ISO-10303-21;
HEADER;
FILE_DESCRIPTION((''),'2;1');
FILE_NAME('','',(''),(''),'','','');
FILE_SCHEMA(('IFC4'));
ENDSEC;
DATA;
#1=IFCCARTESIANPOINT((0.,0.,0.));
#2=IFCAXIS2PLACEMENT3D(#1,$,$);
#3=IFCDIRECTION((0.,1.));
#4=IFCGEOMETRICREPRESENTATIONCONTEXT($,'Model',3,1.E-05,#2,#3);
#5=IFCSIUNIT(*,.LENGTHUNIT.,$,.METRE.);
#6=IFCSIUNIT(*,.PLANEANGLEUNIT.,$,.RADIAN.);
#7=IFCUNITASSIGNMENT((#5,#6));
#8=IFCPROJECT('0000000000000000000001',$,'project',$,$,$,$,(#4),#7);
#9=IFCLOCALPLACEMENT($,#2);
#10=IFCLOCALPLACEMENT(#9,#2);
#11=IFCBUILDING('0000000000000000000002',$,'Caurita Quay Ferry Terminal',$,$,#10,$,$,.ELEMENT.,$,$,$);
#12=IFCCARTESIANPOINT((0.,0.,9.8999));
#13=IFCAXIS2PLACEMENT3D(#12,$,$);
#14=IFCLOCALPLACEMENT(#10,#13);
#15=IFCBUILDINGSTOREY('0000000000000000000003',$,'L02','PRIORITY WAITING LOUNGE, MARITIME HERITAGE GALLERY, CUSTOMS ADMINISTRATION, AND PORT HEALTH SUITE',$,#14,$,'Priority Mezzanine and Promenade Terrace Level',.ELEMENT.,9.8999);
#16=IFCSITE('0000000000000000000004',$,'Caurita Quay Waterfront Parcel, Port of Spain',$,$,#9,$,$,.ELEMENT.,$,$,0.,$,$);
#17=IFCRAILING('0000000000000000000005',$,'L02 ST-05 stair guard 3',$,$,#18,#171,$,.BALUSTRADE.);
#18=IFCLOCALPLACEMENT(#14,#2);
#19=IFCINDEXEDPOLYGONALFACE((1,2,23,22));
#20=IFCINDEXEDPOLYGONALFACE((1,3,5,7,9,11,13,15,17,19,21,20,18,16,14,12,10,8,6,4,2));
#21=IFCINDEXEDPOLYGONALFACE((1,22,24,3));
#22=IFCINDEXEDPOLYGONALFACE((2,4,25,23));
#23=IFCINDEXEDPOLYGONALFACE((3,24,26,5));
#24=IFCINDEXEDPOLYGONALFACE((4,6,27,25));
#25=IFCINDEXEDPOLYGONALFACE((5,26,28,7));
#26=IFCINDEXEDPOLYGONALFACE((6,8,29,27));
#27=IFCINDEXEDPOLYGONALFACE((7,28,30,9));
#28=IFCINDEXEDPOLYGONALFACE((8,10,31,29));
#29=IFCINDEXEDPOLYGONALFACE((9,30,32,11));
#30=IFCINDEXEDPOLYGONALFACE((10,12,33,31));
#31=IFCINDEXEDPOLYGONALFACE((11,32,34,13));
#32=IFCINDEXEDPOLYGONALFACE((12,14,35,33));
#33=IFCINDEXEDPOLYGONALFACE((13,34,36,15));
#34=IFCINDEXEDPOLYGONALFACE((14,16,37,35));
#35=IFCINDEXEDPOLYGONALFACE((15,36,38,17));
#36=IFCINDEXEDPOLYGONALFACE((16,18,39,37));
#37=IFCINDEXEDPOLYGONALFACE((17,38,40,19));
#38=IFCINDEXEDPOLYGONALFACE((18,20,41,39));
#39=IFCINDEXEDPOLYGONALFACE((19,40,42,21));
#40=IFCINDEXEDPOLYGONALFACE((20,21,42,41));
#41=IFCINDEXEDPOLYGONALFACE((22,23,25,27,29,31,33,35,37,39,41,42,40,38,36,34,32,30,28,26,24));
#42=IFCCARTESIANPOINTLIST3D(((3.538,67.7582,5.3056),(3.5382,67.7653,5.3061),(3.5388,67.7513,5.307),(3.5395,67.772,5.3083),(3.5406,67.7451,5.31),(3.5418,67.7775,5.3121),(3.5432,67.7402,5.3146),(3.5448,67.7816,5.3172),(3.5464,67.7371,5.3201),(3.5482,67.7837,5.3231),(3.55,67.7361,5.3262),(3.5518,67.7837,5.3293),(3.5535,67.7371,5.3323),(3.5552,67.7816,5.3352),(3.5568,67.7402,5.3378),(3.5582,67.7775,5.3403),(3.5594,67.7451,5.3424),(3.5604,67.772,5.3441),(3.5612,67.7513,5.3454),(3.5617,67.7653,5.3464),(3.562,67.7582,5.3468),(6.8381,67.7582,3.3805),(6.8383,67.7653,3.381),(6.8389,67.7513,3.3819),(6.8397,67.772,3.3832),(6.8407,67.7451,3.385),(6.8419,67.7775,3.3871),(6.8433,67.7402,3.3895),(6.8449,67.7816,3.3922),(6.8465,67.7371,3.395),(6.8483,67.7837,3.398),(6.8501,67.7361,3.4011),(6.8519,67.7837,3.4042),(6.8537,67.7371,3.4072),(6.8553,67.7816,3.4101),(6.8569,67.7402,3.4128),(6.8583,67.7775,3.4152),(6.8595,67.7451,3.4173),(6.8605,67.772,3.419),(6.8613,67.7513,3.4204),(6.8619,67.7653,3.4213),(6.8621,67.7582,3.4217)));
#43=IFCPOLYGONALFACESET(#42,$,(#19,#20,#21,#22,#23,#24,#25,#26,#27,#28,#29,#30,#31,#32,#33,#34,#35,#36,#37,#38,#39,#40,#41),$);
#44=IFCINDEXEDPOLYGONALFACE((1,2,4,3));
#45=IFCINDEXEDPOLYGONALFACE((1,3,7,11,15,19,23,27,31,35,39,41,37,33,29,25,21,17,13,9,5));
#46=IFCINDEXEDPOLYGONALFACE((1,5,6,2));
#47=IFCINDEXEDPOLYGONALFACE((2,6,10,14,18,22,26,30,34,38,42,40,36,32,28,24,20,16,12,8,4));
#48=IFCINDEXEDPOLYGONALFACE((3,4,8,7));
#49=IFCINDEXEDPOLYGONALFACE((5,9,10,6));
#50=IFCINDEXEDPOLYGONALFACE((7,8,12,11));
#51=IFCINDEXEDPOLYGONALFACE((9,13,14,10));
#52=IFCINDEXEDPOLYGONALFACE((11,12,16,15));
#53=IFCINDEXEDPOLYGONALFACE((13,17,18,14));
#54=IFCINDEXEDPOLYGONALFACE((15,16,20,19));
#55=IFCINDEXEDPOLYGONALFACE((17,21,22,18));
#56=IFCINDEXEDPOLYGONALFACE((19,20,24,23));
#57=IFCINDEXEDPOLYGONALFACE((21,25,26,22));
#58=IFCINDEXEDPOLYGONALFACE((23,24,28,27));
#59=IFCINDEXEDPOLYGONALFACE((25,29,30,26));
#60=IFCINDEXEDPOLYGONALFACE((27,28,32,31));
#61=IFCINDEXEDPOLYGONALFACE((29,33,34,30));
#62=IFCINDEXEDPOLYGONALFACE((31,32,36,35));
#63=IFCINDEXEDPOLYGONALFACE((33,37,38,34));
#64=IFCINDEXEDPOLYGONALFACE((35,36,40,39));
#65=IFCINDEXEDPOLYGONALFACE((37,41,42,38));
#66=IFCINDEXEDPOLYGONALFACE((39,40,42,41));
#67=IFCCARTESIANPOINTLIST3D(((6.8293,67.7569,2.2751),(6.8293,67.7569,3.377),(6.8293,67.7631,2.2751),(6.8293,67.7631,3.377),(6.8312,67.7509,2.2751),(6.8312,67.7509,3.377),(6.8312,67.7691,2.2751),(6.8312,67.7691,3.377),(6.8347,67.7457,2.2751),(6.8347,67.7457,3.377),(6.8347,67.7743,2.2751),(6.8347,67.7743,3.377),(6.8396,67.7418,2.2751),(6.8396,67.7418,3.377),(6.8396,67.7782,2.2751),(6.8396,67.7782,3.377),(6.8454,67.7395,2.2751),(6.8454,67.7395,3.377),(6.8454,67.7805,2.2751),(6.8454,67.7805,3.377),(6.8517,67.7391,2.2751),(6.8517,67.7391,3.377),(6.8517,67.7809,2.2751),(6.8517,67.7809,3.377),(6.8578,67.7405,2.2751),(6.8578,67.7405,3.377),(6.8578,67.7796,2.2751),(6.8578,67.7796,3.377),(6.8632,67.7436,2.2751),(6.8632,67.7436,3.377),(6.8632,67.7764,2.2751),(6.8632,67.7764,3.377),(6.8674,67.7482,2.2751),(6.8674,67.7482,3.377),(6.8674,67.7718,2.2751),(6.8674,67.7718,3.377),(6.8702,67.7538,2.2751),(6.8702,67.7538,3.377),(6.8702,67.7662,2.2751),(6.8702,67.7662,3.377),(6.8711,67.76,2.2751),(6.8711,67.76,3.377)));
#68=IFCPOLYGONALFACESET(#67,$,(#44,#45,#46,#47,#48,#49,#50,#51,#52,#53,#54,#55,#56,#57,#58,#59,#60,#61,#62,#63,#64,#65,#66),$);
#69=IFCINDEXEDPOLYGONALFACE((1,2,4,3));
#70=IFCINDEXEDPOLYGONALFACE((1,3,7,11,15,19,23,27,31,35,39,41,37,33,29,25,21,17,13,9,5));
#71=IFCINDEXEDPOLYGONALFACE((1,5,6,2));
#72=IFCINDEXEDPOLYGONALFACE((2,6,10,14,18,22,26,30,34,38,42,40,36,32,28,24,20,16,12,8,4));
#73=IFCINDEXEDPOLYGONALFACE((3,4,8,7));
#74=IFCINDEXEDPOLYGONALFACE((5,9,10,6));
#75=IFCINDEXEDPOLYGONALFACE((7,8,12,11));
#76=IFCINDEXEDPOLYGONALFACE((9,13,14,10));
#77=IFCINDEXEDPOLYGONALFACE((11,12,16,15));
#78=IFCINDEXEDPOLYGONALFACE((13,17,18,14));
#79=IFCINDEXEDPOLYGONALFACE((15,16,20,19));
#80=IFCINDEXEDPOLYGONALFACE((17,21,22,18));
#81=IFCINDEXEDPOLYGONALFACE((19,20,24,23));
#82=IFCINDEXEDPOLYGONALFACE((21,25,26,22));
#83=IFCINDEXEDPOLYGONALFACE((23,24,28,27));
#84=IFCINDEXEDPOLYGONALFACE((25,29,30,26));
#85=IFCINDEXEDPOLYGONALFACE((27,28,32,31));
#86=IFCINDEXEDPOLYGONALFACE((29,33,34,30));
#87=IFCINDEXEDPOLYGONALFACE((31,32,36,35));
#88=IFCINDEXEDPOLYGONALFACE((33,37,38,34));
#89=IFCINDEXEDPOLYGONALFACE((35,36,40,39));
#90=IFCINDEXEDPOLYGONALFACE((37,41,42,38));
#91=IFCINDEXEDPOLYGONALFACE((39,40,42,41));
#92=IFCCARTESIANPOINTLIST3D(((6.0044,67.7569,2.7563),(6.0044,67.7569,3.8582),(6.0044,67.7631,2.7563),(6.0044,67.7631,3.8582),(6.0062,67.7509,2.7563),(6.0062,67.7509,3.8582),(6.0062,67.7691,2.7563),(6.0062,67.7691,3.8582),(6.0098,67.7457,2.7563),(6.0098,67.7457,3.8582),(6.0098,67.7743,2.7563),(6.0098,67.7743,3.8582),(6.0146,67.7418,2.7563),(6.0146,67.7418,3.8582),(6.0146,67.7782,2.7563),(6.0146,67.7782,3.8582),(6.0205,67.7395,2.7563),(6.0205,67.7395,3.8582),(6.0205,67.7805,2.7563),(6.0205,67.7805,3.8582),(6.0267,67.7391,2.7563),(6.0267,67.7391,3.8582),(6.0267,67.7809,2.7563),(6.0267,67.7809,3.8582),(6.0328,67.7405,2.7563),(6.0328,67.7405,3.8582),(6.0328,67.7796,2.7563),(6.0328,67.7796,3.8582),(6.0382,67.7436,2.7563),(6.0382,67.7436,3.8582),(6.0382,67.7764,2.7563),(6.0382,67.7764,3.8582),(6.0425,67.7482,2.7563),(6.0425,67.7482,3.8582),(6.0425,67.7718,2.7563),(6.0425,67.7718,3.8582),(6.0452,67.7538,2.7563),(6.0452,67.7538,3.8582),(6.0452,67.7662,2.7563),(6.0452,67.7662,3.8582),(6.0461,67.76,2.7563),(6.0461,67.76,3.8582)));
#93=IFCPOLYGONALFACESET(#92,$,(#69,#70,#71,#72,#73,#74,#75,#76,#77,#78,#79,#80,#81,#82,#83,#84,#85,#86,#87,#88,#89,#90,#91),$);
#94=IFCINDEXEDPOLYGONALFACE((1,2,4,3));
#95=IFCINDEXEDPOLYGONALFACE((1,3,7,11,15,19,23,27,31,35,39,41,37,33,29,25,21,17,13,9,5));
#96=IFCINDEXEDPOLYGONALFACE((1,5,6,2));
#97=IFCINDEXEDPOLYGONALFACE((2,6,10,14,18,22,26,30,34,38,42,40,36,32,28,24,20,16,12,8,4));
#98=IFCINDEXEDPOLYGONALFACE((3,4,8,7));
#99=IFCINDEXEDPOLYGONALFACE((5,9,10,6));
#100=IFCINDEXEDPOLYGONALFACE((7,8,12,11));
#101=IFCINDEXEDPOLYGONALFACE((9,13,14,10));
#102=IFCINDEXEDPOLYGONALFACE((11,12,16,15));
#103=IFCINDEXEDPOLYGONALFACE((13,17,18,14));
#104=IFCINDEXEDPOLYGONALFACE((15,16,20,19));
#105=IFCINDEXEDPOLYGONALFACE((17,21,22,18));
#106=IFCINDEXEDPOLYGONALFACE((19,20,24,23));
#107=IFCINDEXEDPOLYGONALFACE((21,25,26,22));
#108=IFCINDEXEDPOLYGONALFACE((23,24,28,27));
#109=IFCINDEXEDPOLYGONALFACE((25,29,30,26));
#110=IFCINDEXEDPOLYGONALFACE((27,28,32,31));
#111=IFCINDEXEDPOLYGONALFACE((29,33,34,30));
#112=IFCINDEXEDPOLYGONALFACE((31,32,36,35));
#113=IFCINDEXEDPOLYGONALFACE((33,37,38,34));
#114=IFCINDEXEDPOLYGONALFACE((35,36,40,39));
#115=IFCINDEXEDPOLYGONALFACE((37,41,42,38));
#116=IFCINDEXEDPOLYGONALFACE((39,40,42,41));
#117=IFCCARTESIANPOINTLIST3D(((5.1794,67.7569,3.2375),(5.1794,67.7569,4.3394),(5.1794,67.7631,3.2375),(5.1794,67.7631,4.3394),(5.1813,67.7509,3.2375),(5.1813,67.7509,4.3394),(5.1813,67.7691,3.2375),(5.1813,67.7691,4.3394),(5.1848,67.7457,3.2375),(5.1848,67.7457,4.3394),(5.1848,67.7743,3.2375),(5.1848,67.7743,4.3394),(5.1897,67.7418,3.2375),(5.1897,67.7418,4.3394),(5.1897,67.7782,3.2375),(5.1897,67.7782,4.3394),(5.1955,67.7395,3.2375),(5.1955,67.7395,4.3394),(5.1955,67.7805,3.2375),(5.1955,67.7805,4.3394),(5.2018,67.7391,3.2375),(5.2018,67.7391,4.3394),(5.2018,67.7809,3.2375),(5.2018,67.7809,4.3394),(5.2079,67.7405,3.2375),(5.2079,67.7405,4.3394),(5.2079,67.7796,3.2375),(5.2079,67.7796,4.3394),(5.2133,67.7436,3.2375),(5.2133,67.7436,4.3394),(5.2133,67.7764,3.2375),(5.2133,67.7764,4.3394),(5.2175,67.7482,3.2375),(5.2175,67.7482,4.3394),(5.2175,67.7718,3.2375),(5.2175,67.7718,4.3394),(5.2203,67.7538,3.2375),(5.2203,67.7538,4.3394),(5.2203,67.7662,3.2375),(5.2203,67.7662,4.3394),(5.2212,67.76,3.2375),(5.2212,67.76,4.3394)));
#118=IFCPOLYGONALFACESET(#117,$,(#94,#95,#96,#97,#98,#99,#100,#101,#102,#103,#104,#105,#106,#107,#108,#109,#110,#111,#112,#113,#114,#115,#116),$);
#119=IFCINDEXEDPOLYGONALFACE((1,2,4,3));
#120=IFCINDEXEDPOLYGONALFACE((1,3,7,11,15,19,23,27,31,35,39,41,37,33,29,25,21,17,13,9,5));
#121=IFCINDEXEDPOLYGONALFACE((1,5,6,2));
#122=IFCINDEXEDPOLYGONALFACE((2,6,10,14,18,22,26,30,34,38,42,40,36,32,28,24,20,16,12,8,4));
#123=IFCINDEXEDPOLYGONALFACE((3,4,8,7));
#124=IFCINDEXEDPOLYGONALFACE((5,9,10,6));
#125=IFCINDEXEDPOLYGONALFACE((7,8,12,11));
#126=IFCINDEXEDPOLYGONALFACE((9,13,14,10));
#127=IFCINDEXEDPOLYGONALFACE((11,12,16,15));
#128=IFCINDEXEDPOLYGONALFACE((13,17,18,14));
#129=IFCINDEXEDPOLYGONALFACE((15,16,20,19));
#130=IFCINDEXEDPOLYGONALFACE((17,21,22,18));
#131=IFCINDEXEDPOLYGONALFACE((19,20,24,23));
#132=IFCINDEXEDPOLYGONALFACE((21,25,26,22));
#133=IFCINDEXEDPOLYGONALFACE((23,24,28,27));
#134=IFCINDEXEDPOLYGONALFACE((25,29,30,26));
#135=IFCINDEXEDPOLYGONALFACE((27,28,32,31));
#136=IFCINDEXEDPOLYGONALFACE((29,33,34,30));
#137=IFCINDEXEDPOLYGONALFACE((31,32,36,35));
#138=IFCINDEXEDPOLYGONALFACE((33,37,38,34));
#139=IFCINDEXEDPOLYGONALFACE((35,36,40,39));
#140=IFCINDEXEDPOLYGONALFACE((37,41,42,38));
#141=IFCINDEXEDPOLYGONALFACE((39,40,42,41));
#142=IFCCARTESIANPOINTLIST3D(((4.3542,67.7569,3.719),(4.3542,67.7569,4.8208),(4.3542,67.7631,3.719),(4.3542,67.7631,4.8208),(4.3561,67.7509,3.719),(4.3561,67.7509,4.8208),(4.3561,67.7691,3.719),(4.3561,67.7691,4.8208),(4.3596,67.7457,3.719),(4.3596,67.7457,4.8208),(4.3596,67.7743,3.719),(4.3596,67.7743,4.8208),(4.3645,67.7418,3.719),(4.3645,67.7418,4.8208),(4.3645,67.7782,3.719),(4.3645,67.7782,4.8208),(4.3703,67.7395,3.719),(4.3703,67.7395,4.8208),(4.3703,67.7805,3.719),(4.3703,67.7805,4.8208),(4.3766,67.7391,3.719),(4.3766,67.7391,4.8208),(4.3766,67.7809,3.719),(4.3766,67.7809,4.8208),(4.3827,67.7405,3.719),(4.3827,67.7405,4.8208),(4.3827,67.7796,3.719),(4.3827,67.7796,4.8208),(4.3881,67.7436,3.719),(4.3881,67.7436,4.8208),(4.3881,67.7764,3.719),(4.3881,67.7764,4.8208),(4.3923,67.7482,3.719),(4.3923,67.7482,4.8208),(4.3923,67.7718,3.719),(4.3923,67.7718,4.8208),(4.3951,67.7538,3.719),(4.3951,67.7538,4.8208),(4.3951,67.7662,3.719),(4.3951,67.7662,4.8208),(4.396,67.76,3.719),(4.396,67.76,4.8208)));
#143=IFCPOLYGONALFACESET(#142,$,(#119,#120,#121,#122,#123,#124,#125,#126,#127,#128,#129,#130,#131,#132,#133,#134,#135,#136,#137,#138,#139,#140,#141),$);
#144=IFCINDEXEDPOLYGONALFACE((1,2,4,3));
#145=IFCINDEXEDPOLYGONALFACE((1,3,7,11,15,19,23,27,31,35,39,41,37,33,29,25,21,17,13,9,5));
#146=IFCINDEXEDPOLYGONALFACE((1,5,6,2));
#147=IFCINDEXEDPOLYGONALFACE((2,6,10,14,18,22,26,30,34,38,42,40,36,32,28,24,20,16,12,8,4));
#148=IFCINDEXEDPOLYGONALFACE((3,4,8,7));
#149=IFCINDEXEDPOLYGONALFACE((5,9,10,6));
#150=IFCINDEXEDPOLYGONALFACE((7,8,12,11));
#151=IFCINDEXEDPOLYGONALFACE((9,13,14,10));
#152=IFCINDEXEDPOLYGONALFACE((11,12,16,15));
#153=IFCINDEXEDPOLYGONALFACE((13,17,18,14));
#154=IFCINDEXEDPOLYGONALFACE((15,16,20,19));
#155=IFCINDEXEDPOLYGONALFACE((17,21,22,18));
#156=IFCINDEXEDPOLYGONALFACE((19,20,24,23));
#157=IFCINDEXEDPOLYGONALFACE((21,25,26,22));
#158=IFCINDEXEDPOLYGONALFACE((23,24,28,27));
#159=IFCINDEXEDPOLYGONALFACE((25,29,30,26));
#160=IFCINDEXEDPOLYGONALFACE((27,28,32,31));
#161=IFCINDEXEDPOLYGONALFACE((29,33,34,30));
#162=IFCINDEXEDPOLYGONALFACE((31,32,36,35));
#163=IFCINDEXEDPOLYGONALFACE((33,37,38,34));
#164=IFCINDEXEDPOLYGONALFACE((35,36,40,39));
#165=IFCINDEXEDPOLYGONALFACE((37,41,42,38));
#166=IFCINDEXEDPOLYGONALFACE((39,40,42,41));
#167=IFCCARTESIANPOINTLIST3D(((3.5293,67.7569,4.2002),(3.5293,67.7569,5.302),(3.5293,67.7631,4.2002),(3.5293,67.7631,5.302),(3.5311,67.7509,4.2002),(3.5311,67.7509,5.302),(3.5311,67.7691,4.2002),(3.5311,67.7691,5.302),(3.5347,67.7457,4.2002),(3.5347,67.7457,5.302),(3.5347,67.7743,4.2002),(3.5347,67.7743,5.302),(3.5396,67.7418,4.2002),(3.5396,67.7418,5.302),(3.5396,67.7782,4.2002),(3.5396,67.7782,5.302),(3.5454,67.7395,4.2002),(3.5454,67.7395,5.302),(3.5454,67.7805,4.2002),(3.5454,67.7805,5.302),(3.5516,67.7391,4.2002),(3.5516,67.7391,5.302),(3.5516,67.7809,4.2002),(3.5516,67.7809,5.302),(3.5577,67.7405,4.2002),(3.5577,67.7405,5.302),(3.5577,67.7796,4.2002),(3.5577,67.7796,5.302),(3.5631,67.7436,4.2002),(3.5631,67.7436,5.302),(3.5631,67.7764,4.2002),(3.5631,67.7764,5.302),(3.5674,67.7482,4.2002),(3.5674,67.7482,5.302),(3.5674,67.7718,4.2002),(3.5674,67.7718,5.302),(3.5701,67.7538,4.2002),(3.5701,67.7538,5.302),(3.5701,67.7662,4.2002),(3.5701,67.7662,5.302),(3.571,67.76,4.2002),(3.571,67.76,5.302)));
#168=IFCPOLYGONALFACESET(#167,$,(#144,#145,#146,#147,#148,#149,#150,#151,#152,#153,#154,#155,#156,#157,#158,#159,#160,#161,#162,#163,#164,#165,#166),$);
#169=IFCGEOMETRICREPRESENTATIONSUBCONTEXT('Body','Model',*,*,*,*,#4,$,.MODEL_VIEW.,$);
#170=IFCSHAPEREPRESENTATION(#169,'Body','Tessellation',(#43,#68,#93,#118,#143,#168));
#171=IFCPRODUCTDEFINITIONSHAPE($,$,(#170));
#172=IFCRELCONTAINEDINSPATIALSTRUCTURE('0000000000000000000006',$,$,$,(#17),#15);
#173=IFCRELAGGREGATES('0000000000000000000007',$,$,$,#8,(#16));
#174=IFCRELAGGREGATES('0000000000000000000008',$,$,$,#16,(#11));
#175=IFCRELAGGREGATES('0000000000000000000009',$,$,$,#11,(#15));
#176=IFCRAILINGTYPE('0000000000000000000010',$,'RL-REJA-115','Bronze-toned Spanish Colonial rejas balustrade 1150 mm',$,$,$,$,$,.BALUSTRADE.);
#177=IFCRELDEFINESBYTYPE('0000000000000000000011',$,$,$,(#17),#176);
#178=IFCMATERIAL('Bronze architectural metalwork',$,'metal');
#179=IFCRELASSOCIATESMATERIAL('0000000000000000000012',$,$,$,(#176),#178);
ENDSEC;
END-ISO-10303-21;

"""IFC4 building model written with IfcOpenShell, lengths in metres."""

from ifc_helpers import new_model, si_unit, direction, frame, origin, origin_2d, place, context, subcontext, project, spatial, circle, extrude, material, type_object, element, save


model = new_model("IFC4")

# Units and contexts
model_context = context("Model", 3, precision=1e-05, world=origin(), true_north=direction((0.0, 1.0)))
body_context = subcontext(model_context, "Body", "Model", "MODEL_VIEW")
ifc_project = project(units=[si_unit("LENGTHUNIT", "METRE"), si_unit("PLANEANGLEUNIT", "RADIAN")], contexts=[model_context])

# Site, building, storey
site_placement = place(None, origin())
site = spatial("IfcSite", under=ifc_project, at=site_placement, Name="Caurita Quay Waterfront Parcel, Port of Spain", CompositionType="ELEMENT", RefElevation=0.0)
building_placement = place(site_placement, origin())
building = spatial("IfcBuilding", under=site, at=building_placement, Name="Caurita Quay Ferry Terminal", CompositionType="ELEMENT")
storey_placement = place(building_placement, frame((0.0, 0.0, 9.8999)))
storey = spatial("IfcBuildingStorey", under=building, at=storey_placement, Name="L02", Description="PRIORITY WAITING LOUNGE, MARITIME HERITAGE GALLERY, CUSTOMS ADMINISTRATION, AND PORT HEALTH SUITE", LongName="Priority Mezzanine and Promenade Terrace Level", CompositionType="ELEMENT", Elevation=9.8999)

# Railing
ifc_material_1 = material(Name="Bronze architectural metalwork", Category="metal")
railing_type_1 = type_object("IfcRailingType", Name="RL-REJA-115", Description="Bronze-toned Spanish Colonial rejas balustrade 1150 mm", PredefinedType="BALUSTRADE", material=ifc_material_1)
railing_1_placement = place(storey_placement, frame((6.8501, 67.76, 2.2751)))
element("IfcRailing", 1, at=railing_1_placement, inside=storey, type_object=railing_type_1, Name="L02 ST-05 stair guard 3", PredefinedType="BALUSTRADE", context=body_context, shape_type="SweptSolid", body=[
    extrude(circle(Radius=0.0239, at=origin_2d()), frame((0.0, 0.0, 1.126), z_axis=(-0.863777, 0.0, 0.503875), x_axis=(0.0, -1.0, 0.0)), (0.0, 0.0, 1.0), 3.8206),
    extrude(circle(Radius=0.021, at=origin_2d()), origin(), (0.0, 0.0, 1.0), 1.1018),
    extrude(circle(Radius=0.021, at=origin_2d()), frame((-0.825, 0.0, 0.4812)), (0.0, 0.0, 1.0), 1.1018),
    extrude(circle(Radius=0.021, at=origin_2d()), frame((-1.6499, 0.0, 0.9624)), (0.0, 0.0, 1.0), 1.1018),
    extrude(circle(Radius=0.021, at=origin_2d()), frame((-2.4751, 0.0, 1.4438)), (0.0, 0.0, 1.0), 1.1018),
    extrude(circle(Radius=0.021, at=origin_2d()), frame((-3.3, 0.0, 1.925)), (0.0, 0.0, 1.0), 1.1018),
])

save(model, "model.ifc")
